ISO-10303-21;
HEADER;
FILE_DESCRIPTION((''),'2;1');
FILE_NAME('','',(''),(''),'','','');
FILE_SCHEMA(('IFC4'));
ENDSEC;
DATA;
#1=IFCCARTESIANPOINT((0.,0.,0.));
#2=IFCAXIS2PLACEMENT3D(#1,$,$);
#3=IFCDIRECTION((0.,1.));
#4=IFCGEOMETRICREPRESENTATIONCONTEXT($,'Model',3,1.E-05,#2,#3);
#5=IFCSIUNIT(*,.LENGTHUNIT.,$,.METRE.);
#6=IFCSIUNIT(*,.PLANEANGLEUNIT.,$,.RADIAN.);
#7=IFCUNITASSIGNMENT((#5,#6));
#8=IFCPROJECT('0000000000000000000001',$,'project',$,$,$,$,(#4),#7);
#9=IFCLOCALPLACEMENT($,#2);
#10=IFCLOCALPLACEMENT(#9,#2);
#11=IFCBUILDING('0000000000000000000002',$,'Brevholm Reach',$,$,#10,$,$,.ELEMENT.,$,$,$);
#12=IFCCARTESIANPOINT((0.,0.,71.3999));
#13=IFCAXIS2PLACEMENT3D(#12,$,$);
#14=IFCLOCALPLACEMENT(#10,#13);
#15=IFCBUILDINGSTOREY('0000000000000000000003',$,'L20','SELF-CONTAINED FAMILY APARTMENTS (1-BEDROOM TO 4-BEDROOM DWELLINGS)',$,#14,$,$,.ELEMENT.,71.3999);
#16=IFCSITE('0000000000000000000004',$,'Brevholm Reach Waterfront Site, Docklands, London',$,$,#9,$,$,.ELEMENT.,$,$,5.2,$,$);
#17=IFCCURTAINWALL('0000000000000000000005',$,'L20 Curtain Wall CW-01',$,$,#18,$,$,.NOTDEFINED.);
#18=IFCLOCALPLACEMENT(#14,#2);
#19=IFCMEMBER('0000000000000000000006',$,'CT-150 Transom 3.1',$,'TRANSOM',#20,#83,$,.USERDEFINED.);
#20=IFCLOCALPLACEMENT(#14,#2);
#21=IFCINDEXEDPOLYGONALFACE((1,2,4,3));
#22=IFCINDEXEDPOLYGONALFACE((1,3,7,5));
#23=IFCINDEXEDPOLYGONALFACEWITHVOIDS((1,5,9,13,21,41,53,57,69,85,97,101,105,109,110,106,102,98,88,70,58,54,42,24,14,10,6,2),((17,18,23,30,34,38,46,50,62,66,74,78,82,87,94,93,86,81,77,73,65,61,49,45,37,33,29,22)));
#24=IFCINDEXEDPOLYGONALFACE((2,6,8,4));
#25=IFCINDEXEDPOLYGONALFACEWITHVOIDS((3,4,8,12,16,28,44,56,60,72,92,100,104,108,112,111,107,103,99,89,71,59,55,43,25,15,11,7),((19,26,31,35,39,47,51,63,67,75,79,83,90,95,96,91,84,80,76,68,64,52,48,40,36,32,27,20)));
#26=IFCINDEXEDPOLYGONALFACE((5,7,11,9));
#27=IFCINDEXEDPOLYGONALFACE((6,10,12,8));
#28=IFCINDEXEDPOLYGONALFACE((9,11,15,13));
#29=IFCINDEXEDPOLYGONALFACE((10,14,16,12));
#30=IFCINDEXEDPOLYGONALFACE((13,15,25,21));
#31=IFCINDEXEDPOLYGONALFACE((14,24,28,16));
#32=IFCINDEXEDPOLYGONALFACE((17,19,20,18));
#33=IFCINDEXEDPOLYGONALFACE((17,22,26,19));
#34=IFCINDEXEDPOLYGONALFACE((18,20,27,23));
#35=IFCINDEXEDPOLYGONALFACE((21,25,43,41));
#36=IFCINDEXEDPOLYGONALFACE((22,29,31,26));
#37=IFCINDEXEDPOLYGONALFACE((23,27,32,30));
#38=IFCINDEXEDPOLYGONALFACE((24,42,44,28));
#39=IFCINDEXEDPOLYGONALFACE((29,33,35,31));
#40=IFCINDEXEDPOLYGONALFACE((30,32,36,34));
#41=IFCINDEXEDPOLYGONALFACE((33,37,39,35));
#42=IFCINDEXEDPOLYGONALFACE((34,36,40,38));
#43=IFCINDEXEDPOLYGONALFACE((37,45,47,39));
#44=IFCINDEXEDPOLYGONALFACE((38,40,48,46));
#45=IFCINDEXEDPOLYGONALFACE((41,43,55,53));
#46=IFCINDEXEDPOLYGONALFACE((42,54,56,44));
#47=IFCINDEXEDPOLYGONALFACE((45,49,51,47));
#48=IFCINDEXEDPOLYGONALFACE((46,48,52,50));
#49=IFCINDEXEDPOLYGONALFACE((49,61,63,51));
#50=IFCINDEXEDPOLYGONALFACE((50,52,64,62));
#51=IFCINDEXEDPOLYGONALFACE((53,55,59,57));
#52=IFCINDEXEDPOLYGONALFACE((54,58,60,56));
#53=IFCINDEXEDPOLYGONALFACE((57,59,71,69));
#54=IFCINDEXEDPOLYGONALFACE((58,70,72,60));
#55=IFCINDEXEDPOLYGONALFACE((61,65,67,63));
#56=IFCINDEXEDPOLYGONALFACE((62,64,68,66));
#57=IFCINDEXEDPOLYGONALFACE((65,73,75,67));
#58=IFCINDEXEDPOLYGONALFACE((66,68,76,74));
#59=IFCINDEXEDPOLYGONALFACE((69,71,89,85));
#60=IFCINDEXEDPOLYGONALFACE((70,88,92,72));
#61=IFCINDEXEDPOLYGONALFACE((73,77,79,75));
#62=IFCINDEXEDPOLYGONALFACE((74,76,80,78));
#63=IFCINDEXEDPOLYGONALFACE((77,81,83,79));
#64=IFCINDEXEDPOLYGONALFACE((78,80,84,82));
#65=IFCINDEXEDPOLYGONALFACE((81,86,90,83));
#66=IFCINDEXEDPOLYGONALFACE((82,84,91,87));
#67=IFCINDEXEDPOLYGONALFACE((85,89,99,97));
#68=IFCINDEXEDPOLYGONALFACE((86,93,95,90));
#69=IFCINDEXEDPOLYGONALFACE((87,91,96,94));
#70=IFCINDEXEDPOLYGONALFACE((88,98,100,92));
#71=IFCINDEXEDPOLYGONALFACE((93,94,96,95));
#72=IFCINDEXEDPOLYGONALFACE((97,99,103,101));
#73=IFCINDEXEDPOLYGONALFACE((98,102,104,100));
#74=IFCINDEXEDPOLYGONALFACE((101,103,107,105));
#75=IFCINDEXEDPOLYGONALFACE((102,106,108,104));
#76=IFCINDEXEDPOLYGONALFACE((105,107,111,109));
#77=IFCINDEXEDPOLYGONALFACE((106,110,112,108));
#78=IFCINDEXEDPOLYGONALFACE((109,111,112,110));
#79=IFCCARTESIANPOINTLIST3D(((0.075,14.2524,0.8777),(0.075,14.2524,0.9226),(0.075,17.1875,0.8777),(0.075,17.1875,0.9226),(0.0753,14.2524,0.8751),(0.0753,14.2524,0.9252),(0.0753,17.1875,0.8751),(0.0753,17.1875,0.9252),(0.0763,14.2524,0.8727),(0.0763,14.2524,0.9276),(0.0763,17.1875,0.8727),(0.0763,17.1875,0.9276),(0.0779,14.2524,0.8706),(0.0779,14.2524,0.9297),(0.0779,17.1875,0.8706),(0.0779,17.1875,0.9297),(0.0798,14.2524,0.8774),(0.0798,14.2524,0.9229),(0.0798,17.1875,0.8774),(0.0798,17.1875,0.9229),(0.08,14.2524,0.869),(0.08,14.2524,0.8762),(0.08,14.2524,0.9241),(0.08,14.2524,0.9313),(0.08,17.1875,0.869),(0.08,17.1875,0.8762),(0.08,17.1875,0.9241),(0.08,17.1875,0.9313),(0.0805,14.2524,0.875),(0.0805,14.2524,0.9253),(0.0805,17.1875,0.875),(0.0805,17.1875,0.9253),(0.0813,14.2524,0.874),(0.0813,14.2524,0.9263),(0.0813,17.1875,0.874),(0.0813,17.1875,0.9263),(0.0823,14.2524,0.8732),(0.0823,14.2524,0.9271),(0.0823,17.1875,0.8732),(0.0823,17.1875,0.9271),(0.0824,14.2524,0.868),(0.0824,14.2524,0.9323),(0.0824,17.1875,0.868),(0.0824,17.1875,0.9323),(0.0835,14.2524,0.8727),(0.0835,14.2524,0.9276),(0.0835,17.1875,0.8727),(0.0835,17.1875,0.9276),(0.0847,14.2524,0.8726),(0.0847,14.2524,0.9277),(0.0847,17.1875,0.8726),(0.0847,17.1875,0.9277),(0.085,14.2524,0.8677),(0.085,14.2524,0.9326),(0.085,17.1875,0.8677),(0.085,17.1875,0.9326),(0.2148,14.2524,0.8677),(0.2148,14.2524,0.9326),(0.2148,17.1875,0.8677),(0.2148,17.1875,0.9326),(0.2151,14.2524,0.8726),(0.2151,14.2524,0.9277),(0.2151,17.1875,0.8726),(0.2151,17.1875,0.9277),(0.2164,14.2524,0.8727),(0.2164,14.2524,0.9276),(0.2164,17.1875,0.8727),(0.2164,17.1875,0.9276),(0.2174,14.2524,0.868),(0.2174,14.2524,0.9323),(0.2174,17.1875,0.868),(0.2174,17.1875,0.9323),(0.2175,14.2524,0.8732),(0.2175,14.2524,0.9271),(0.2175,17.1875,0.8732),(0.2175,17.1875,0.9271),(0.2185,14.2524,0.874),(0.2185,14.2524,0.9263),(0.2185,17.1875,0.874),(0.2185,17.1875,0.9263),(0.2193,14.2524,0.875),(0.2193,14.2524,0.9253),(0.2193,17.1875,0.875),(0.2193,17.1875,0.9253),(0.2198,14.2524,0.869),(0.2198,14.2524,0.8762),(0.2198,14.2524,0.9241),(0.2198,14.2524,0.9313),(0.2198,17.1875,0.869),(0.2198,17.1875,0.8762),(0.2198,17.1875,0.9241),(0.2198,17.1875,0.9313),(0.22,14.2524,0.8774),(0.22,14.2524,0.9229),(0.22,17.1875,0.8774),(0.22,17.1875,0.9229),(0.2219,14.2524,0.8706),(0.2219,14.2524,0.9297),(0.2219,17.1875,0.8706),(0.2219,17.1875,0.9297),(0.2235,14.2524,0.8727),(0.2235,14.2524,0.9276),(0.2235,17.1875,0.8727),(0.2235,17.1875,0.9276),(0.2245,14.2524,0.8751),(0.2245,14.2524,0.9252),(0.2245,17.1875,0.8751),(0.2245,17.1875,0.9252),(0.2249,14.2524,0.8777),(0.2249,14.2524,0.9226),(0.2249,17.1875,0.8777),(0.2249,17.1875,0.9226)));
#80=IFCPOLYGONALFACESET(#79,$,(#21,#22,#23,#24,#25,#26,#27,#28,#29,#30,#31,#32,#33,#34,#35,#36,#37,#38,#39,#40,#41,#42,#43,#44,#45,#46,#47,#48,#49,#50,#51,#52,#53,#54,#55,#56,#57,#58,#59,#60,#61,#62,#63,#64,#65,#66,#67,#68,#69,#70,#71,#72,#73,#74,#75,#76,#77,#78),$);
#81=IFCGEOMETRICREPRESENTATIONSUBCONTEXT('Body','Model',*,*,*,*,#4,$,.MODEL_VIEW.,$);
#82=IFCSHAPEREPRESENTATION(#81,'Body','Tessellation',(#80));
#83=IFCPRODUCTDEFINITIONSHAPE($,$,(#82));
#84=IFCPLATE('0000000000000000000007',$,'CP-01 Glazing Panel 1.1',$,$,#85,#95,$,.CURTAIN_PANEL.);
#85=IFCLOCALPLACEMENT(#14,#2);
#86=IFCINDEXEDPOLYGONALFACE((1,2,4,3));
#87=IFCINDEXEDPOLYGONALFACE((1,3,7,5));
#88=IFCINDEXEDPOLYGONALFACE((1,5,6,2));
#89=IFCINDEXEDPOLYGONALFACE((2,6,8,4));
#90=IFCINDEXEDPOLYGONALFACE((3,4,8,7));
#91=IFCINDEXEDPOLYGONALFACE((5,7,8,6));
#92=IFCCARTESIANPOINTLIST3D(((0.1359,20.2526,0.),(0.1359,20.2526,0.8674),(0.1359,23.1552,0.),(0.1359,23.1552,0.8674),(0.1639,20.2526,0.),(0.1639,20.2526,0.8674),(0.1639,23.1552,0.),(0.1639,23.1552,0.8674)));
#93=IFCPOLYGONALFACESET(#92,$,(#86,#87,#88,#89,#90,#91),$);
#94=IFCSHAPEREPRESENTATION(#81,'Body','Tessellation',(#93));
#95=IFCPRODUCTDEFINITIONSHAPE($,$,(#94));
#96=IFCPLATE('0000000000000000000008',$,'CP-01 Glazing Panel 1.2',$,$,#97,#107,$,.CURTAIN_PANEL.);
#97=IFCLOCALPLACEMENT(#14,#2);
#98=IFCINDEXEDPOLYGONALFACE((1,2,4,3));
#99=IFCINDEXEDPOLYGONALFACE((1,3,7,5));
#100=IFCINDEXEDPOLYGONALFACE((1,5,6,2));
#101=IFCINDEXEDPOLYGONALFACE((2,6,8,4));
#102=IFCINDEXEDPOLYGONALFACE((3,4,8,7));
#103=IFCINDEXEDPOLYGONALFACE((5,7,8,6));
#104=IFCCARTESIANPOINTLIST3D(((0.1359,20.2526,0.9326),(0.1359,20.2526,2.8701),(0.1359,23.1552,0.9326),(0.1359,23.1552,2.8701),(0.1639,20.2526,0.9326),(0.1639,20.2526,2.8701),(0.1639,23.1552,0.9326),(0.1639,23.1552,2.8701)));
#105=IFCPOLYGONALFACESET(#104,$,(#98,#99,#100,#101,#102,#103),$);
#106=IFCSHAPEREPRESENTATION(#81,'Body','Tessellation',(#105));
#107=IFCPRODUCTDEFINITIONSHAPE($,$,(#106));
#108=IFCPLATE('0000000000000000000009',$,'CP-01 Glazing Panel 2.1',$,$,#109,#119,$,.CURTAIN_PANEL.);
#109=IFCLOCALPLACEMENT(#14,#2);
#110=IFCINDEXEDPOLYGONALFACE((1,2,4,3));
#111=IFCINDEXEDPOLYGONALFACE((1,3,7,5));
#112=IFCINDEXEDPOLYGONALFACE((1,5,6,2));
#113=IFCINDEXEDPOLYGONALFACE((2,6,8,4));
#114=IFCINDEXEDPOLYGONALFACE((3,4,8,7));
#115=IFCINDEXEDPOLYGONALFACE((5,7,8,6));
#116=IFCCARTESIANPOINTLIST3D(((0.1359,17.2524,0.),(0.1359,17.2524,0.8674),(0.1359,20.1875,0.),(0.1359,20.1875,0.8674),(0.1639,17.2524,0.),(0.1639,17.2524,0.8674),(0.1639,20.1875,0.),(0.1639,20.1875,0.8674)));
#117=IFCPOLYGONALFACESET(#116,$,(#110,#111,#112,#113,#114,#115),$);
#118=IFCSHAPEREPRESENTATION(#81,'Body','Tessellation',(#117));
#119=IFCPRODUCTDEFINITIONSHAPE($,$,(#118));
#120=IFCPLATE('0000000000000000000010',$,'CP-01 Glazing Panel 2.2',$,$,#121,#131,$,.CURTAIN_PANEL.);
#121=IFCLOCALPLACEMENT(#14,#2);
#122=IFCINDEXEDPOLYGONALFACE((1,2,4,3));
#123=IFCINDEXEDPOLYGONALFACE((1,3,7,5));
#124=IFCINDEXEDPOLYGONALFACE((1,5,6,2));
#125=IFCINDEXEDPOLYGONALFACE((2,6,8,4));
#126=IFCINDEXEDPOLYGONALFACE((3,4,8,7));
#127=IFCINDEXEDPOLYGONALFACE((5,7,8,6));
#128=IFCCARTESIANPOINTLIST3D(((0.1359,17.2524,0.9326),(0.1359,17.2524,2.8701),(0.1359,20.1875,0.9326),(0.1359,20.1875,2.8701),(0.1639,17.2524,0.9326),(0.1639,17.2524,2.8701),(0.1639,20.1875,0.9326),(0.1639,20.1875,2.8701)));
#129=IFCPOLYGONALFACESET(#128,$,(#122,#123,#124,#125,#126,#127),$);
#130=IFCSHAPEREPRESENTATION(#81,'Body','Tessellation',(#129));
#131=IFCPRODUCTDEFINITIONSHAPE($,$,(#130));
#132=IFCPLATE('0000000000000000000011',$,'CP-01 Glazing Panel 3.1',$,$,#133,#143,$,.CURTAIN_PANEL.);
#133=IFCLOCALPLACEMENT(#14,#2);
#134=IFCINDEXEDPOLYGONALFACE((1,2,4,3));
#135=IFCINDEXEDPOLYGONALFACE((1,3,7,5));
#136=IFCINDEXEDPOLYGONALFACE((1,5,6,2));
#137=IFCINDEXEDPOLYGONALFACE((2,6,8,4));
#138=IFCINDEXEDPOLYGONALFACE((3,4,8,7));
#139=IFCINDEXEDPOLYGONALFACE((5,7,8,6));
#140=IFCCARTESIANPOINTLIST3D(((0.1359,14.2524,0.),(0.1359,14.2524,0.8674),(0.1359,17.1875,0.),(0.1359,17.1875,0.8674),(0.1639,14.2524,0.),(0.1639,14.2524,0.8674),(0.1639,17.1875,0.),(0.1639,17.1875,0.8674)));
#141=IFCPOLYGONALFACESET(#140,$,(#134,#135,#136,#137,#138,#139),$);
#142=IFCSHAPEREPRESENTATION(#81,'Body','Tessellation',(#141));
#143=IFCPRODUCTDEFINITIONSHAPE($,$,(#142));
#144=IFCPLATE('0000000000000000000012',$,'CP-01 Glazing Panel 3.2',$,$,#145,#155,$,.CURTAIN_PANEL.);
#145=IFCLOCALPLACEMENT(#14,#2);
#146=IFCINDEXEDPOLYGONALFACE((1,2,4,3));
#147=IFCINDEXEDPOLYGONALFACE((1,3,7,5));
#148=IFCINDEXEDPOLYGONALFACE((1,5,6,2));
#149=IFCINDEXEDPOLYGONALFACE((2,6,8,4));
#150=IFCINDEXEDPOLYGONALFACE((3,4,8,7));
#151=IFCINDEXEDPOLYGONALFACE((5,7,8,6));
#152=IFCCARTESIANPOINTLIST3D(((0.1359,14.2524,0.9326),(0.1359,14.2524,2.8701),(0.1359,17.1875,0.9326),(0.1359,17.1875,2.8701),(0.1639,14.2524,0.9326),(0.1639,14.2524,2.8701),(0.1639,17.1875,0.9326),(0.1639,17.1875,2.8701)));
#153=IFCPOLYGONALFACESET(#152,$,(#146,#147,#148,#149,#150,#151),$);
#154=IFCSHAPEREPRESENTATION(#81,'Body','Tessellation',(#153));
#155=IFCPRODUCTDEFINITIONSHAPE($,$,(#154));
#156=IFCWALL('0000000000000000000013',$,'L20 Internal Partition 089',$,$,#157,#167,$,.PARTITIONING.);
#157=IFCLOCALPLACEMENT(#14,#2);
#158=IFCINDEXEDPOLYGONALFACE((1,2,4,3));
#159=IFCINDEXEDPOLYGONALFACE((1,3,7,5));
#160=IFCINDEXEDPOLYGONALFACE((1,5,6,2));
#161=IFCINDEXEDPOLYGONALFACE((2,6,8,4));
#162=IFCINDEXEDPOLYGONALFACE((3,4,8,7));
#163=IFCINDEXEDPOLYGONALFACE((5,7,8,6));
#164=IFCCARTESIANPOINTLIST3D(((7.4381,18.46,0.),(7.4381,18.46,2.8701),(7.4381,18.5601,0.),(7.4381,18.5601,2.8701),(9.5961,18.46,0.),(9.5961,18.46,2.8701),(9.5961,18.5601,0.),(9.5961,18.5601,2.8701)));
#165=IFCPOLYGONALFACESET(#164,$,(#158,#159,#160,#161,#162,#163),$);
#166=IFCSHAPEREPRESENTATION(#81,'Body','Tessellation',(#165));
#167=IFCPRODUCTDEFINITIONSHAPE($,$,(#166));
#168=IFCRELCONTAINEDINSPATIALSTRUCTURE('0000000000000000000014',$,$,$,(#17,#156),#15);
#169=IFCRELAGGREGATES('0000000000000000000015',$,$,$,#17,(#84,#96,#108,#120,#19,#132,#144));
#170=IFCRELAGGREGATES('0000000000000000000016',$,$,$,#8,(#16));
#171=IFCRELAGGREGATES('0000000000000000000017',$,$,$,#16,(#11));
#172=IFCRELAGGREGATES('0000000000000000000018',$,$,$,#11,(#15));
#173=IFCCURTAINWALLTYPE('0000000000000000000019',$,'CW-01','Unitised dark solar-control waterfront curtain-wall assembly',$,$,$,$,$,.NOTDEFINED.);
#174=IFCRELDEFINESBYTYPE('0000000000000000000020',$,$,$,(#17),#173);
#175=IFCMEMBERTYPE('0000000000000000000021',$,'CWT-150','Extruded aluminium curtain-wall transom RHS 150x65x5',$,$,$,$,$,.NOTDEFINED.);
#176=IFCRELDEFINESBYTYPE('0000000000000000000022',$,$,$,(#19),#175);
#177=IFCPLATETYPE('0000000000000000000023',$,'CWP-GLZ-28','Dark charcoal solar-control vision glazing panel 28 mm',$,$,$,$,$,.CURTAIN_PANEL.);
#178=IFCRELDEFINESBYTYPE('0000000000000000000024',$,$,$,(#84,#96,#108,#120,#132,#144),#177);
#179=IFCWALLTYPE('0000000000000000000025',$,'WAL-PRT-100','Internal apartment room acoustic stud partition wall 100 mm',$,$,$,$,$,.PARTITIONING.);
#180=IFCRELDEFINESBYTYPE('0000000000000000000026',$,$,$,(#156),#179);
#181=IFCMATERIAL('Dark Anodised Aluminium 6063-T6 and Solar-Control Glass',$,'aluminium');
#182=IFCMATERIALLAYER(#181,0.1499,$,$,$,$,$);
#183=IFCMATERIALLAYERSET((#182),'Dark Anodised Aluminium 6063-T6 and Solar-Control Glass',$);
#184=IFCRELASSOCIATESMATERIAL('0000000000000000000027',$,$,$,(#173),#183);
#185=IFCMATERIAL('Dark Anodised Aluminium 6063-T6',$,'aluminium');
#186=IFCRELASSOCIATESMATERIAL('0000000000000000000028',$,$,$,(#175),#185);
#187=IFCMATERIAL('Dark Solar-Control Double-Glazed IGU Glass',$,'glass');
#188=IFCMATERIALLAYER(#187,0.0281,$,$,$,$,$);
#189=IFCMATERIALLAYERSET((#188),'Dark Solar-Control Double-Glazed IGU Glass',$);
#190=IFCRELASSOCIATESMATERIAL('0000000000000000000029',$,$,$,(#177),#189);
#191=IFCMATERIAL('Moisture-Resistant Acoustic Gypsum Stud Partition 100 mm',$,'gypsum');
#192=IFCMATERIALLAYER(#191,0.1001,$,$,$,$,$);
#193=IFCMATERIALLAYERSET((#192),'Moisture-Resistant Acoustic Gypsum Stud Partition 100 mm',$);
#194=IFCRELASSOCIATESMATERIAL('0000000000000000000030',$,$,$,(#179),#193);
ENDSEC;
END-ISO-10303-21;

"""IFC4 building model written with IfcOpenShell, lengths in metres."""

from ifc_helpers import new_model, si_unit, direction, frame, frame_2d, origin, origin_2d, place, context, subcontext, project, spatial, rectangle, hollow_rectangle, extrude, material, layer, layer_set, material_profile, profile_set, type_object, element, aggregate, save


model = new_model("IFC4")

# Units and contexts
model_context = context("Model", 3, precision=1e-05, world=origin(), true_north=direction((0.0, 1.0)))
body_context = subcontext(model_context, "Body", "Model", "MODEL_VIEW")
ifc_project = project(units=[si_unit("LENGTHUNIT", "METRE"), si_unit("PLANEANGLEUNIT", "RADIAN")], contexts=[model_context])

# Site, building, storey
site_placement = place(None, origin())
site = spatial("IfcSite", under=ifc_project, at=site_placement, Name="Brevholm Reach Waterfront Site, Docklands, London", CompositionType="ELEMENT", RefElevation=5.2)
building_placement = place(site_placement, origin())
building = spatial("IfcBuilding", under=site, at=building_placement, Name="Brevholm Reach", CompositionType="ELEMENT")
storey_placement = place(building_placement, frame((0.0, 0.0, 71.3999)))
storey = spatial("IfcBuildingStorey", under=building, at=storey_placement, Name="L20", Description="SELF-CONTAINED FAMILY APARTMENTS (1-BEDROOM TO 4-BEDROOM DWELLINGS)", CompositionType="ELEMENT", Elevation=71.3999)

# Curtain wall, member, plates
ifc_material_1 = material(Name="Dark Anodised Aluminium 6063-T6 and Solar-Control Glass", Category="aluminium")
ifc_layer_1 = layer(ifc_material_1, 0.1499)
ifc_layer_set_1 = layer_set([ifc_layer_1], Name="Dark Anodised Aluminium 6063-T6 and Solar-Control Glass")
curtain_wall_type = type_object("IfcCurtainWallType", Name="CW-01", Description="Unitised dark solar-control waterfront curtain-wall assembly", PredefinedType="NOTDEFINED", material=ifc_layer_set_1)
curtain_wall_placement = place(storey_placement, origin())
curtain_wall = element("IfcCurtainWall", 1, at=curtain_wall_placement, inside=storey, type_object=curtain_wall_type, Name="L20 Curtain Wall CW-01", PredefinedType="NOTDEFINED")
ifc_material_2 = material(Name="Dark Anodised Aluminium 6063-T6", Category="aluminium")
ifc_material_profile_1 = material_profile(ifc_material_2, hollow_rectangle(XDim=0.0649, YDim=0.1499, WallThickness=0.0049, InnerFilletRadius=0.0049, OuterFilletRadius=0.01, at=origin_2d()), Name="RHS 150x65x5")
ifc_profile_set_1 = profile_set([ifc_material_profile_1], Name="Dark Anodised Aluminium 6063-T6")
member_type_1 = type_object("IfcMemberType", Name="CWT-150", Description="Extruded aluminium curtain-wall transom RHS 150x65x5", PredefinedType="NOTDEFINED", material=ifc_profile_set_1)
member_1_placement = place(storey_placement, frame((0.1499, 17.1875, 0.9001), z_axis=(0.0, -1.0, 0.0), x_axis=(0.0, 0.0, 1.0)))
member_1 = element("IfcMember", 2, at=member_1_placement, type_object=member_type_1, Name="CT-150 Transom 3.1", ObjectType="TRANSOM", PredefinedType="USERDEFINED", context=body_context, shape_type="SweptSolid", body=[
    extrude(hollow_rectangle(XDim=0.0649, YDim=0.1499, WallThickness=0.0049, InnerFilletRadius=0.0049, OuterFilletRadius=0.01, at=origin_2d()), origin(), (0.0, 0.0, 1.0), 2.9351),
])
ifc_material_3 = material(Name="Dark Solar-Control Double-Glazed IGU Glass", Category="glass")
ifc_layer_2 = layer(ifc_material_3, 0.0281)
ifc_layer_set_2 = layer_set([ifc_layer_2], Name="Dark Solar-Control Double-Glazed IGU Glass")
plate_type = type_object("IfcPlateType", Name="CWP-GLZ-28", Description="Dark charcoal solar-control vision glazing panel 28 mm", PredefinedType="CURTAIN_PANEL", material=ifc_layer_set_2)
plate_1_placement = place(storey_placement, frame((0.1499, 21.7039, 0.0), z_axis=(0.0, 0.0, 1.0), x_axis=(0.0, -1.0, 0.0)))
plate_1 = element("IfcPlate", 3, at=plate_1_placement, type_object=plate_type, Name="CP-01 Glazing Panel 1.1", PredefinedType="CURTAIN_PANEL", context=body_context, shape_type="SweptSolid", body=[
    extrude(rectangle(XDim=2.9026, YDim=0.0281, at=origin_2d()), origin(), (0.0, 0.0, 1.0), 0.8674),
])
plate_2_placement = place(storey_placement, frame((0.1499, 21.7039, 0.9326), z_axis=(0.0, 0.0, 1.0), x_axis=(0.0, -1.0, 0.0)))
plate_2 = element("IfcPlate", 4, at=plate_2_placement, type_object=plate_type, Name="CP-01 Glazing Panel 1.2", PredefinedType="CURTAIN_PANEL", context=body_context, shape_type="SweptSolid", body=[
    extrude(rectangle(XDim=2.9026, YDim=0.0281, at=origin_2d()), origin(), (0.0, 0.0, 1.0), 1.9375),
])
plate_3_placement = place(storey_placement, frame((0.1499, 18.72, 0.0), z_axis=(0.0, 0.0, 1.0), x_axis=(0.0, -1.0, 0.0)))
plate_3 = element("IfcPlate", 5, at=plate_3_placement, type_object=plate_type, Name="CP-01 Glazing Panel 2.1", PredefinedType="CURTAIN_PANEL", context=body_context, shape_type="SweptSolid", body=[
    extrude(rectangle(XDim=2.9351, YDim=0.0281, at=origin_2d()), origin(), (0.0, 0.0, 1.0), 0.8674),
])
plate_4_placement = place(storey_placement, frame((0.1499, 18.72, 0.9326), z_axis=(0.0, 0.0, 1.0), x_axis=(0.0, -1.0, 0.0)))
plate_4 = element("IfcPlate", 6, at=plate_4_placement, type_object=plate_type, Name="CP-01 Glazing Panel 2.2", PredefinedType="CURTAIN_PANEL", context=body_context, shape_type="SweptSolid", body=[
    extrude(rectangle(XDim=2.9351, YDim=0.0281, at=origin_2d()), origin(), (0.0, 0.0, 1.0), 1.9375),
])
plate_5_placement = place(storey_placement, frame((0.1499, 15.72, 0.0), z_axis=(0.0, 0.0, 1.0), x_axis=(0.0, -1.0, 0.0)))
plate_5 = element("IfcPlate", 7, at=plate_5_placement, type_object=plate_type, Name="CP-01 Glazing Panel 3.1", PredefinedType="CURTAIN_PANEL", context=body_context, shape_type="SweptSolid", body=[
    extrude(rectangle(XDim=2.9351, YDim=0.0281, at=origin_2d()), origin(), (0.0, 0.0, 1.0), 0.8674),
])
plate_6_placement = place(storey_placement, frame((0.1499, 15.72, 0.9326), z_axis=(0.0, 0.0, 1.0), x_axis=(0.0, -1.0, 0.0)))
plate_6 = element("IfcPlate", 8, at=plate_6_placement, type_object=plate_type, Name="CP-01 Glazing Panel 3.2", PredefinedType="CURTAIN_PANEL", context=body_context, shape_type="SweptSolid", body=[
    extrude(rectangle(XDim=2.9351, YDim=0.0281, at=origin_2d()), origin(), (0.0, 0.0, 1.0), 1.9375),
])
aggregate(curtain_wall, [plate_1, plate_2, plate_3, plate_4, member_1, plate_5, plate_6])

# Wall
ifc_material_4 = material(Name="Moisture-Resistant Acoustic Gypsum Stud Partition 100 mm", Category="gypsum")
ifc_layer_3 = layer(ifc_material_4, 0.1001)
ifc_layer_set_3 = layer_set([ifc_layer_3], Name="Moisture-Resistant Acoustic Gypsum Stud Partition 100 mm")
wall_type = type_object("IfcWallType", Name="WAL-PRT-100", Description="Internal apartment room acoustic stud partition wall 100 mm", PredefinedType="PARTITIONING", material=ifc_layer_set_3)
wall_1_placement = place(storey_placement, frame((7.438, 18.51, 0.0), z_axis=(0.0, 0.0, 1.0), x_axis=(1.0, 0.0, 0.0)))
element("IfcWall", 9, at=wall_1_placement, inside=storey, type_object=wall_type, Name="L20 Internal Partition 089", PredefinedType="PARTITIONING", context=body_context, shape_type="SweptSolid", body=[
    extrude(rectangle(XDim=2.158, YDim=0.1001, at=frame_2d((1.0791, 0.0))), origin(), (0.0, 0.0, 1.0), 2.8701),
])

save(model, "model.ifc")
